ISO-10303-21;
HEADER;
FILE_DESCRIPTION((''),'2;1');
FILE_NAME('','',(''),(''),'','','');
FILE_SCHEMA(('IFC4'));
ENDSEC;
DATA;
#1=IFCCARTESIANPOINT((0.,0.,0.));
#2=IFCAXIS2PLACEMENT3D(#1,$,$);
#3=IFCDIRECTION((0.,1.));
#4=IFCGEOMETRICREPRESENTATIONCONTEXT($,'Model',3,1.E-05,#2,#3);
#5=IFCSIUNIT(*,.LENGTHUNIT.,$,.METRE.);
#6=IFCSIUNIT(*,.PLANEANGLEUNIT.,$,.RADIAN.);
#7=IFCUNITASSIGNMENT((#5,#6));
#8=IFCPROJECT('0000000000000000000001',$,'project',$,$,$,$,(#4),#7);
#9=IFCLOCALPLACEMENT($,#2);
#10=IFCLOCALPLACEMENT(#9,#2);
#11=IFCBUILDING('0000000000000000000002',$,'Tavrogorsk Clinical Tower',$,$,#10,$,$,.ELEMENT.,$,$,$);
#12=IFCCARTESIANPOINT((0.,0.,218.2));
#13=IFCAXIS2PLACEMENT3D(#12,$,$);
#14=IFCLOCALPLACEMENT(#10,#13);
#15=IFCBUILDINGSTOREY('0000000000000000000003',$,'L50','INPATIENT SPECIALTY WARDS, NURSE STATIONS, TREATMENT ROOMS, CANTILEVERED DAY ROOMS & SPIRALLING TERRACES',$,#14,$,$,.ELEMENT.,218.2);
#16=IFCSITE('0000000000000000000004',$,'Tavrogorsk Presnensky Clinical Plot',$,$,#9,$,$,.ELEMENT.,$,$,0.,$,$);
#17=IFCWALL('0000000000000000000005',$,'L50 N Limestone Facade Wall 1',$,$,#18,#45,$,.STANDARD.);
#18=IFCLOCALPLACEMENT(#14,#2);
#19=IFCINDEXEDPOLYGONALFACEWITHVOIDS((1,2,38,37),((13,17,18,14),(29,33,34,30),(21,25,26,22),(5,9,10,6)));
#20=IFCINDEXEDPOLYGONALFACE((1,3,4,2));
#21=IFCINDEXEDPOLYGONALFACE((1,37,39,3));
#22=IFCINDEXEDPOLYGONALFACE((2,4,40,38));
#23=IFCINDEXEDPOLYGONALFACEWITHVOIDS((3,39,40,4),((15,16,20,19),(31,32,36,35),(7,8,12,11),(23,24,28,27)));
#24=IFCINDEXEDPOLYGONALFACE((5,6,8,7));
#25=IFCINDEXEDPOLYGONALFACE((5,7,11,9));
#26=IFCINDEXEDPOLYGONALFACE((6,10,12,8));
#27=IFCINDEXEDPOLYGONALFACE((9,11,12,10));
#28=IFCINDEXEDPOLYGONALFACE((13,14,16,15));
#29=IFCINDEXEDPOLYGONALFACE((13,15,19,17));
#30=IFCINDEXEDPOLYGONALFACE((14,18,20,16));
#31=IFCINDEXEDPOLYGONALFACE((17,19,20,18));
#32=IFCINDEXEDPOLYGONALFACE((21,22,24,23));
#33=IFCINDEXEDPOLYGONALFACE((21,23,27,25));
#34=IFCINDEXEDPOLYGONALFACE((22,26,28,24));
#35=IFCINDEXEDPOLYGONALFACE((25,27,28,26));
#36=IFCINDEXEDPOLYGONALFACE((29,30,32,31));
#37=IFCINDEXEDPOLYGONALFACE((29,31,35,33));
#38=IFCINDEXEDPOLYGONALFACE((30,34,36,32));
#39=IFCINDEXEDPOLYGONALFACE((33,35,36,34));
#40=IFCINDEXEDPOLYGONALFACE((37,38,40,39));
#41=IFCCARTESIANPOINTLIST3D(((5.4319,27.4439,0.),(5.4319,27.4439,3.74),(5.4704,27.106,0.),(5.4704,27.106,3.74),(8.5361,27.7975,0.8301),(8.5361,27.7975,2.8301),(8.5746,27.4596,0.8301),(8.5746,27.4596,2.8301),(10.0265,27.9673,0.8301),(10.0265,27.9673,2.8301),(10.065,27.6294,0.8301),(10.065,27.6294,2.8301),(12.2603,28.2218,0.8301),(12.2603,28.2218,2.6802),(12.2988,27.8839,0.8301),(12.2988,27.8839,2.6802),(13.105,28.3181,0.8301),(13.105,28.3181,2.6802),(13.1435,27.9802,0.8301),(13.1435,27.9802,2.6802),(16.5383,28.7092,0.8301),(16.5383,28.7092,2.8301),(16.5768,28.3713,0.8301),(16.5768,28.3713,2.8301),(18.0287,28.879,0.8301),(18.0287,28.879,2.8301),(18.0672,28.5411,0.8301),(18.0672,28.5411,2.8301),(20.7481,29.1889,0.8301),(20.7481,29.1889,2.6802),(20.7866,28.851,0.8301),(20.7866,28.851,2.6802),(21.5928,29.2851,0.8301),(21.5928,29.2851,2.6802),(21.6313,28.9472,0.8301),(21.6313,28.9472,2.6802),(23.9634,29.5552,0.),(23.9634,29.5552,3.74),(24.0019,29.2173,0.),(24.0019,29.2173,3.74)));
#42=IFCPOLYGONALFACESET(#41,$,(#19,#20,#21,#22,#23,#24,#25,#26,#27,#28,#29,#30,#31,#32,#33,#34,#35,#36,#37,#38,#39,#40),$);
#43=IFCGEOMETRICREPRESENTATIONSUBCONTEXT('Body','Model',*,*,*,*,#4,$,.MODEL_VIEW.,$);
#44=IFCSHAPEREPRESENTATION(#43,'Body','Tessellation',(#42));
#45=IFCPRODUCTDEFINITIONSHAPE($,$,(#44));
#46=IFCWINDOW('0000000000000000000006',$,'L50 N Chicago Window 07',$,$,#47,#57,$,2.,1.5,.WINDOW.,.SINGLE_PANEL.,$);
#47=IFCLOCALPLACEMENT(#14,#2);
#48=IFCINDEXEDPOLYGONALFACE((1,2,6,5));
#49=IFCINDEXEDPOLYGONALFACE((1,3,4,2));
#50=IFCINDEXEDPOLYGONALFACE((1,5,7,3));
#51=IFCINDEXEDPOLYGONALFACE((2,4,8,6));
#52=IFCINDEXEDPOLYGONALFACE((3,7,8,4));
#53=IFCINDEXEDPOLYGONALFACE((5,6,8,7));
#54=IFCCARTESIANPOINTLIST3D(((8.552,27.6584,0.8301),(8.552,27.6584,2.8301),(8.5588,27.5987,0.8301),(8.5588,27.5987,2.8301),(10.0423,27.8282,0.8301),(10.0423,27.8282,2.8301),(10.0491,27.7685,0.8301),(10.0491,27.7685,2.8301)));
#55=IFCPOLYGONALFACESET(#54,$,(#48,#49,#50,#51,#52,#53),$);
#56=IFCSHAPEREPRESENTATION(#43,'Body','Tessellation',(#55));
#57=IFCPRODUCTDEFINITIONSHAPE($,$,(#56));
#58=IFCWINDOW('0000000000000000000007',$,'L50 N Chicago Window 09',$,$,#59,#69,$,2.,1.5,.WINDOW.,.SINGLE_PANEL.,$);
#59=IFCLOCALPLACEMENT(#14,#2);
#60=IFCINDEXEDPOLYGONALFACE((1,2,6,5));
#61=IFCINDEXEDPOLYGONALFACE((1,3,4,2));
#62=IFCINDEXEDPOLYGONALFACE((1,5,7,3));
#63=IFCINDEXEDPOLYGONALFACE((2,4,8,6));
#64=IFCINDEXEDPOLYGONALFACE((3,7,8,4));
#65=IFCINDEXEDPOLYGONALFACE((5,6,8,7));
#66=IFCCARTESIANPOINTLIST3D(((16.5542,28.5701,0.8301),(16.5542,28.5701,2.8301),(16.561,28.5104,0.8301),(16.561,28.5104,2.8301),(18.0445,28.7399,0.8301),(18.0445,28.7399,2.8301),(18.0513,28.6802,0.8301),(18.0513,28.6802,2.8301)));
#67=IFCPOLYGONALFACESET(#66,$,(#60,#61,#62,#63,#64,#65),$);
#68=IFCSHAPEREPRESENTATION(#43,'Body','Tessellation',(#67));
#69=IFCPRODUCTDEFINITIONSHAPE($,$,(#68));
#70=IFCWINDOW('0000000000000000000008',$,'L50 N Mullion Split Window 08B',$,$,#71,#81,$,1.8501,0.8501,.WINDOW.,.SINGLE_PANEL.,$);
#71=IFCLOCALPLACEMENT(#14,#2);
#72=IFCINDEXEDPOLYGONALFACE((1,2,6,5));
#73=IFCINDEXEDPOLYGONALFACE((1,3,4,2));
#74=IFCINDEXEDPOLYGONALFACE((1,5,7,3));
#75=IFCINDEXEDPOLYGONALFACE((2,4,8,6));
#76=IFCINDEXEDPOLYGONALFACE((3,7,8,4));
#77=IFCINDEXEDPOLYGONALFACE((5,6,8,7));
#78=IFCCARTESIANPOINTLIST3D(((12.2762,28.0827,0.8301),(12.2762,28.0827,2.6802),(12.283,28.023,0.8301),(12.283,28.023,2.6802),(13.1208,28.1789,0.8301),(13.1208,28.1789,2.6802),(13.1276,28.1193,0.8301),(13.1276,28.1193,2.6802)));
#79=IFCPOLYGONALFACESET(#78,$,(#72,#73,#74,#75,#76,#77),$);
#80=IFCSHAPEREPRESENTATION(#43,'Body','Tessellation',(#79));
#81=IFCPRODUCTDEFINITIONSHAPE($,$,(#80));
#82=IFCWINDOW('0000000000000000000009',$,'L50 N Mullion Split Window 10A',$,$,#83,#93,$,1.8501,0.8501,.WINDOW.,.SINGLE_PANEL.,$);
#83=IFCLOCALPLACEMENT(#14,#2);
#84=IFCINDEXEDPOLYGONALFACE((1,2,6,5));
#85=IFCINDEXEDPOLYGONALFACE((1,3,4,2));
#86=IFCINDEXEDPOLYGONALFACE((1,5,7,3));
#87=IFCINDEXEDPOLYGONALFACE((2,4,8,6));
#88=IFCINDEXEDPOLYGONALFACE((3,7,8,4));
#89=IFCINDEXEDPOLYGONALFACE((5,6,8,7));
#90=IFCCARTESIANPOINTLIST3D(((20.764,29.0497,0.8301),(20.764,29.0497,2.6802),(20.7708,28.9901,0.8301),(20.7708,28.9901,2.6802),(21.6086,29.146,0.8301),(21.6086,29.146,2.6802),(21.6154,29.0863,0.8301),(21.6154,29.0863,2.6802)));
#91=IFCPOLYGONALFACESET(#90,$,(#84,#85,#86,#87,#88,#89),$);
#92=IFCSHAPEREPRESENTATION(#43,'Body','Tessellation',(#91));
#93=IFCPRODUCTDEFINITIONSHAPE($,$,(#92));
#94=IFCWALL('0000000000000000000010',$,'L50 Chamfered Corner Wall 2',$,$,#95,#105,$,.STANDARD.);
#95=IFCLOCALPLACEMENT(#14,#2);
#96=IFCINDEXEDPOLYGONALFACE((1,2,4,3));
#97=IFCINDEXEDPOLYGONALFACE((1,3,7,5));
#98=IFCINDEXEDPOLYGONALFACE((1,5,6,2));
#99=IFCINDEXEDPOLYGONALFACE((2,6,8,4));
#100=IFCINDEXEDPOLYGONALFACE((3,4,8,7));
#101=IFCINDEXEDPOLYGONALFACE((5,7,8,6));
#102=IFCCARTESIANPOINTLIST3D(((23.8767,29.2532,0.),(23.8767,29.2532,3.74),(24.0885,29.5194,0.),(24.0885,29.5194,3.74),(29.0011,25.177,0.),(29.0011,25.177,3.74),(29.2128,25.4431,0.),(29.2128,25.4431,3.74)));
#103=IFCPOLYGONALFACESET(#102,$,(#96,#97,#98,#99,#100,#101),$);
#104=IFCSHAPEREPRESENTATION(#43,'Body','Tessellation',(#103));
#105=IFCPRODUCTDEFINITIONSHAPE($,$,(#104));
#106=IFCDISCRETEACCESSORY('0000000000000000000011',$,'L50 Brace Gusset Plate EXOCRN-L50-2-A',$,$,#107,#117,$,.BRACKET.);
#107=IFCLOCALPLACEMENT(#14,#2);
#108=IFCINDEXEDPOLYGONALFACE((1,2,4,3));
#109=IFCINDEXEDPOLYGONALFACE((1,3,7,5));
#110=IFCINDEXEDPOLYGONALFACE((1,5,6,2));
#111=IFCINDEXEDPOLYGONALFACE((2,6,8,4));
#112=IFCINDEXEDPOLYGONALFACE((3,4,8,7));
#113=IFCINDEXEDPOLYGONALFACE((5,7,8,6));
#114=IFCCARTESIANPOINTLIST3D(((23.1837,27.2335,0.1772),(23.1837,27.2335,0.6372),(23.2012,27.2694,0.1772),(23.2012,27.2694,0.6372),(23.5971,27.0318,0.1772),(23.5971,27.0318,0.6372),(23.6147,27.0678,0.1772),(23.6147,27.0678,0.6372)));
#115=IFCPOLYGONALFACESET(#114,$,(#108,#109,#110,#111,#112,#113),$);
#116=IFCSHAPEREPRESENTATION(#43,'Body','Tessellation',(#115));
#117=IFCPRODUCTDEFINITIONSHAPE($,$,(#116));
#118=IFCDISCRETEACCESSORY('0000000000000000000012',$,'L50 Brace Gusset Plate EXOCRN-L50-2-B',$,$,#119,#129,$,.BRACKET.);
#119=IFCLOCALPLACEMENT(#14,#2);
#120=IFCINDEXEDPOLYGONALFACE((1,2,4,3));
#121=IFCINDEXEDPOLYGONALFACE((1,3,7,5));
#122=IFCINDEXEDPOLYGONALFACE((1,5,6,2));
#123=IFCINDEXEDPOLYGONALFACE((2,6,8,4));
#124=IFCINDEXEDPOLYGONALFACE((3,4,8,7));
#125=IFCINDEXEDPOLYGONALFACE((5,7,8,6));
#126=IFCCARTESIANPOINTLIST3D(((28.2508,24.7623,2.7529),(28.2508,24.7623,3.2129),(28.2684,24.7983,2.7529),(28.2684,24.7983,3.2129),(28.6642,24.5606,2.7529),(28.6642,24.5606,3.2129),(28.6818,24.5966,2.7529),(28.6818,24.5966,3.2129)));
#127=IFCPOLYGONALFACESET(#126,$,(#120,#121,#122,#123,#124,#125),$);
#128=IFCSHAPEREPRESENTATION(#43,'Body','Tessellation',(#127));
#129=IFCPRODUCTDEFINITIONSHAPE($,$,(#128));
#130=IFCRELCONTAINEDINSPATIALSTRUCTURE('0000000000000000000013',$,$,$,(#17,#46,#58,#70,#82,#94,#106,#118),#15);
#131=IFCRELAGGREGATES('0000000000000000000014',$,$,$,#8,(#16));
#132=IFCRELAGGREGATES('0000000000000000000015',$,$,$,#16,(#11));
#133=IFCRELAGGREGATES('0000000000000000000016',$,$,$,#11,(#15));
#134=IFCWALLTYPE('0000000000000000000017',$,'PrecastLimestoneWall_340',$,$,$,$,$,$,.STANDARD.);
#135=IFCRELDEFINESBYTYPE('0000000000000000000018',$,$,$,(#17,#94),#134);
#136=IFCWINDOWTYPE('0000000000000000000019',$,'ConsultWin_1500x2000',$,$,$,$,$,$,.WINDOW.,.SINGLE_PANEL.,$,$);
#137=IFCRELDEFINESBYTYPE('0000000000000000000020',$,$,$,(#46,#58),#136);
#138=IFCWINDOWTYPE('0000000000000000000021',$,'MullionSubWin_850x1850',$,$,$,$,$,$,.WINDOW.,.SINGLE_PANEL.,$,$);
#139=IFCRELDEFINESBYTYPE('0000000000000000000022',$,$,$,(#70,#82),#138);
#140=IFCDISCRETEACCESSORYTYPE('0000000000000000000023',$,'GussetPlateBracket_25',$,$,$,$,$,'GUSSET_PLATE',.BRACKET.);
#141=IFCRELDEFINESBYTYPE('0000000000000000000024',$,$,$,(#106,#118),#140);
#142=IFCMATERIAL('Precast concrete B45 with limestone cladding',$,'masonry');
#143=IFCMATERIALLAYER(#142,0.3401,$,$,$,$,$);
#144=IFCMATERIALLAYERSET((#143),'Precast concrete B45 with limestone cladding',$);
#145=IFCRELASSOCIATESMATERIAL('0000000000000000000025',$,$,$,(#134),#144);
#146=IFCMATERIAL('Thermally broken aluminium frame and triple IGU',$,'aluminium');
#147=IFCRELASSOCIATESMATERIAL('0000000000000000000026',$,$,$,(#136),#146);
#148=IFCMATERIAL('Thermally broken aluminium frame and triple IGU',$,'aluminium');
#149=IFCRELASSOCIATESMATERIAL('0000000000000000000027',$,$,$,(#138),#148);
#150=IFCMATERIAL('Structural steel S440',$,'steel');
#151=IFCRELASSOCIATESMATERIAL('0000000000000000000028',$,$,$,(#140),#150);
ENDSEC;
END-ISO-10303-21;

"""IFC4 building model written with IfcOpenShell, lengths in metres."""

from ifc_helpers import new_model, si_unit, direction, frame, frame_2d, origin, origin_2d, place, context, subcontext, project, spatial, rectangle, extrude, material, layer, layer_set, type_object, element, fill, save


model = new_model("IFC4")

# Units and contexts
model_context = context("Model", 3, precision=1e-05, world=origin(), true_north=direction((0.0, 1.0)))
body_context = subcontext(model_context, "Body", "Model", "MODEL_VIEW")
ifc_project = project(units=[si_unit("LENGTHUNIT", "METRE"), si_unit("PLANEANGLEUNIT", "RADIAN")], contexts=[model_context])

# Site, building, storey
site_placement = place(None, origin())
site = spatial("IfcSite", under=ifc_project, at=site_placement, Name="Tavrogorsk Presnensky Clinical Plot", CompositionType="ELEMENT", RefElevation=0.0)
building_placement = place(site_placement, origin())
building = spatial("IfcBuilding", under=site, at=building_placement, Name="Tavrogorsk Clinical Tower", CompositionType="ELEMENT")
storey_placement = place(building_placement, frame((0.0, 0.0, 218.2)))
storey = spatial("IfcBuildingStorey", under=building, at=storey_placement, Name="L50", Description="INPATIENT SPECIALTY WARDS, NURSE STATIONS, TREATMENT ROOMS, CANTILEVERED DAY ROOMS & SPIRALLING TERRACES", CompositionType="ELEMENT", Elevation=218.2)

# Wall, openings, windows
ifc_material_1 = material(Name="Precast concrete B45 with limestone cladding", Category="masonry")
ifc_layer_1 = layer(ifc_material_1, 0.3401)
ifc_layer_set_1 = layer_set([ifc_layer_1], Name="Precast concrete B45 with limestone cladding")
wall_type_1 = type_object("IfcWallType", Name="PrecastLimestoneWall_340", PredefinedType="STANDARD", material=ifc_layer_set_1)
wall_1_placement = place(storey_placement, frame((23.9827, 29.3862, 0.0), z_axis=(0.0, 0.0, 1.0), x_axis=(-0.993572, -0.1132, 0.0)))
wall_1 = element("IfcWall", 1, at=wall_1_placement, inside=storey, type_object=wall_type_1, Name="L50 N Limestone Facade Wall 1", PredefinedType="STANDARD", context=body_context, shape_type="SweptSolid", body=[
    extrude(rectangle(XDim=18.6514, YDim=0.3401, at=frame_2d((9.3257, 0.0))), origin(), (0.0, 0.0, 1.0), 3.74),
])
opening_1_placement = place(wall_1_placement, frame((14.0271, 0.0, 0.8301)))
opening_1 = element("IfcOpeningElement", 2, at=opening_1_placement, cuts=wall_1, PredefinedType="OPENING", context=body_context, shape_type="SweptSolid", body=[
    extrude(rectangle(XDim=1.5, YDim=2.0, at=frame_2d((0.75, 1.0))), frame((0.0, 0.1799, 0.0), z_axis=(0.0, -1.0, 0.0), x_axis=(1.0, 0.0, 0.0)), (0.0, 0.0, 1.0), 0.3601),
])
opening_2_placement = place(wall_1_placement, frame((10.9287, 0.0, 0.8301)))
opening_2 = element("IfcOpeningElement", 3, at=opening_2_placement, cuts=wall_1, PredefinedType="OPENING", context=body_context, shape_type="SweptSolid", body=[
    extrude(rectangle(XDim=0.8501, YDim=1.8501, at=frame_2d((0.425, 0.925))), frame((0.0, 0.1799, 0.0), z_axis=(0.0, -1.0, 0.0), x_axis=(1.0, 0.0, 0.0)), (0.0, 0.0, 1.0), 0.3601),
])
opening_3_placement = place(wall_1_placement, frame((5.9731, 0.0, 0.8301)))
opening_3 = element("IfcOpeningElement", 4, at=opening_3_placement, cuts=wall_1, PredefinedType="OPENING", context=body_context, shape_type="SweptSolid", body=[
    extrude(rectangle(XDim=1.5, YDim=2.0, at=frame_2d((0.75, 1.0))), frame((0.0, 0.1799, 0.0), z_axis=(0.0, -1.0, 0.0), x_axis=(1.0, 0.0, 0.0)), (0.0, 0.0, 1.0), 0.3601),
])
opening_4_placement = place(wall_1_placement, frame((2.386, 0.0, 0.8301)))
opening_4 = element("IfcOpeningElement", 5, at=opening_4_placement, cuts=wall_1, PredefinedType="OPENING", context=body_context, shape_type="SweptSolid", body=[
    extrude(rectangle(XDim=0.8501, YDim=1.8501, at=frame_2d((0.425, 0.925))), frame((0.0, 0.1799, 0.0), z_axis=(0.0, -1.0, 0.0), x_axis=(1.0, 0.0, 0.0)), (0.0, 0.0, 1.0), 0.3601),
])
ifc_material_2 = material(Name="Thermally broken aluminium frame and triple IGU", Category="aluminium")
window_type_1 = type_object("IfcWindowType", Name="ConsultWin_1500x2000", PartitioningType="SINGLE_PANEL", PredefinedType="WINDOW", material=ifc_material_2)
window_1_placement = place(opening_1_placement, origin())
window_1 = element("IfcWindow", 6, at=window_1_placement, inside=storey, type_object=window_type_1, Name="L50 N Chicago Window 07", OverallHeight=2.0, OverallWidth=1.5, PartitioningType="SINGLE_PANEL", PredefinedType="WINDOW", context=body_context, shape_type="SweptSolid", body=[
    extrude(rectangle(XDim=1.5, YDim=2.0, at=frame_2d((0.75, 1.0))), frame((0.0, 0.03, 0.0), z_axis=(0.0, -1.0, 0.0), x_axis=(1.0, 0.0, 0.0)), (0.0, 0.0, 1.0), 0.0601),
])
fill(opening_1, window_1)
window_2_placement = place(opening_3_placement, origin())
window_2 = element("IfcWindow", 7, at=window_2_placement, inside=storey, type_object=window_type_1, Name="L50 N Chicago Window 09", OverallHeight=2.0, OverallWidth=1.5, PartitioningType="SINGLE_PANEL", PredefinedType="WINDOW", context=body_context, shape_type="SweptSolid", body=[
    extrude(rectangle(XDim=1.5, YDim=2.0, at=frame_2d((0.75, 1.0))), frame((0.0, 0.03, 0.0), z_axis=(0.0, -1.0, 0.0), x_axis=(1.0, 0.0, 0.0)), (0.0, 0.0, 1.0), 0.0601),
])
fill(opening_3, window_2)
ifc_material_3 = material(Name="Thermally broken aluminium frame and triple IGU", Category="aluminium")
window_type_2 = type_object("IfcWindowType", Name="MullionSubWin_850x1850", PartitioningType="SINGLE_PANEL", PredefinedType="WINDOW", material=ifc_material_3)
window_3_placement = place(opening_2_placement, origin())
window_3 = element("IfcWindow", 8, at=window_3_placement, inside=storey, type_object=window_type_2, Name="L50 N Mullion Split Window 08B", OverallHeight=1.8501, OverallWidth=0.8501, PartitioningType="SINGLE_PANEL", PredefinedType="WINDOW", context=body_context, shape_type="SweptSolid", body=[
    extrude(rectangle(XDim=0.8501, YDim=1.8501, at=frame_2d((0.425, 0.925))), frame((0.0, 0.03, 0.0), z_axis=(0.0, -1.0, 0.0), x_axis=(1.0, 0.0, 0.0)), (0.0, 0.0, 1.0), 0.0601),
])
fill(opening_2, window_3)
window_4_placement = place(opening_4_placement, origin())
window_4 = element("IfcWindow", 9, at=window_4_placement, inside=storey, type_object=window_type_2, Name="L50 N Mullion Split Window 10A", OverallHeight=1.8501, OverallWidth=0.8501, PartitioningType="SINGLE_PANEL", PredefinedType="WINDOW", context=body_context, shape_type="SweptSolid", body=[
    extrude(rectangle(XDim=0.8501, YDim=1.8501, at=frame_2d((0.425, 0.925))), frame((0.0, 0.03, 0.0), z_axis=(0.0, -1.0, 0.0), x_axis=(1.0, 0.0, 0.0)), (0.0, 0.0, 1.0), 0.0601),
])
fill(opening_4, window_4)

# Wall
wall_2_placement = place(storey_placement, frame((29.1069, 25.3101, 0.0), z_axis=(0.0, 0.0, 1.0), x_axis=(-0.782597, 0.622528, 0.0)))
element("IfcWall", 10, at=wall_2_placement, inside=storey, type_object=wall_type_1, Name="L50 Chamfered Corner Wall 2", PredefinedType="STANDARD", context=body_context, shape_type="SweptSolid", body=[
    extrude(rectangle(XDim=6.5479, YDim=0.3401, at=frame_2d((3.2739, 0.0))), origin(), (0.0, 0.0, 1.0), 3.74),
])

# Discrete accessories
ifc_material_4 = material(Name="Structural steel S440", Category="steel")
discrete_accessory_type = type_object("IfcDiscreteAccessoryType", Name="GussetPlateBracket_25", ElementType="GUSSET_PLATE", PredefinedType="BRACKET", material=ifc_material_4)
for number, where, z_axis, x_axis, name in (
    (11, (23.3992, 27.1506, 0.1772), (0.0, 0.0, 1.0), (0.898794, -0.438371, 0.0), "L50 Brace Gusset Plate EXOCRN-L50-2-A"),
    (12, (28.4663, 24.6794, 2.7529), (0.0, 0.0, 1.0), (0.898794, -0.438371, 0.0), "L50 Brace Gusset Plate EXOCRN-L50-2-B"),
):
    element("IfcDiscreteAccessory", number, at=place(storey_placement, frame(where, z_axis=z_axis, x_axis=x_axis)), inside=storey, type_object=discrete_accessory_type, Name=name, PredefinedType="BRACKET", context=body_context, shape_type="SweptSolid", body=[
        extrude(rectangle(XDim=0.46, YDim=0.04, at=origin_2d()), origin(), (0.0, 0.0, 1.0), 0.46),
    ])

save(model, "model.ifc")
